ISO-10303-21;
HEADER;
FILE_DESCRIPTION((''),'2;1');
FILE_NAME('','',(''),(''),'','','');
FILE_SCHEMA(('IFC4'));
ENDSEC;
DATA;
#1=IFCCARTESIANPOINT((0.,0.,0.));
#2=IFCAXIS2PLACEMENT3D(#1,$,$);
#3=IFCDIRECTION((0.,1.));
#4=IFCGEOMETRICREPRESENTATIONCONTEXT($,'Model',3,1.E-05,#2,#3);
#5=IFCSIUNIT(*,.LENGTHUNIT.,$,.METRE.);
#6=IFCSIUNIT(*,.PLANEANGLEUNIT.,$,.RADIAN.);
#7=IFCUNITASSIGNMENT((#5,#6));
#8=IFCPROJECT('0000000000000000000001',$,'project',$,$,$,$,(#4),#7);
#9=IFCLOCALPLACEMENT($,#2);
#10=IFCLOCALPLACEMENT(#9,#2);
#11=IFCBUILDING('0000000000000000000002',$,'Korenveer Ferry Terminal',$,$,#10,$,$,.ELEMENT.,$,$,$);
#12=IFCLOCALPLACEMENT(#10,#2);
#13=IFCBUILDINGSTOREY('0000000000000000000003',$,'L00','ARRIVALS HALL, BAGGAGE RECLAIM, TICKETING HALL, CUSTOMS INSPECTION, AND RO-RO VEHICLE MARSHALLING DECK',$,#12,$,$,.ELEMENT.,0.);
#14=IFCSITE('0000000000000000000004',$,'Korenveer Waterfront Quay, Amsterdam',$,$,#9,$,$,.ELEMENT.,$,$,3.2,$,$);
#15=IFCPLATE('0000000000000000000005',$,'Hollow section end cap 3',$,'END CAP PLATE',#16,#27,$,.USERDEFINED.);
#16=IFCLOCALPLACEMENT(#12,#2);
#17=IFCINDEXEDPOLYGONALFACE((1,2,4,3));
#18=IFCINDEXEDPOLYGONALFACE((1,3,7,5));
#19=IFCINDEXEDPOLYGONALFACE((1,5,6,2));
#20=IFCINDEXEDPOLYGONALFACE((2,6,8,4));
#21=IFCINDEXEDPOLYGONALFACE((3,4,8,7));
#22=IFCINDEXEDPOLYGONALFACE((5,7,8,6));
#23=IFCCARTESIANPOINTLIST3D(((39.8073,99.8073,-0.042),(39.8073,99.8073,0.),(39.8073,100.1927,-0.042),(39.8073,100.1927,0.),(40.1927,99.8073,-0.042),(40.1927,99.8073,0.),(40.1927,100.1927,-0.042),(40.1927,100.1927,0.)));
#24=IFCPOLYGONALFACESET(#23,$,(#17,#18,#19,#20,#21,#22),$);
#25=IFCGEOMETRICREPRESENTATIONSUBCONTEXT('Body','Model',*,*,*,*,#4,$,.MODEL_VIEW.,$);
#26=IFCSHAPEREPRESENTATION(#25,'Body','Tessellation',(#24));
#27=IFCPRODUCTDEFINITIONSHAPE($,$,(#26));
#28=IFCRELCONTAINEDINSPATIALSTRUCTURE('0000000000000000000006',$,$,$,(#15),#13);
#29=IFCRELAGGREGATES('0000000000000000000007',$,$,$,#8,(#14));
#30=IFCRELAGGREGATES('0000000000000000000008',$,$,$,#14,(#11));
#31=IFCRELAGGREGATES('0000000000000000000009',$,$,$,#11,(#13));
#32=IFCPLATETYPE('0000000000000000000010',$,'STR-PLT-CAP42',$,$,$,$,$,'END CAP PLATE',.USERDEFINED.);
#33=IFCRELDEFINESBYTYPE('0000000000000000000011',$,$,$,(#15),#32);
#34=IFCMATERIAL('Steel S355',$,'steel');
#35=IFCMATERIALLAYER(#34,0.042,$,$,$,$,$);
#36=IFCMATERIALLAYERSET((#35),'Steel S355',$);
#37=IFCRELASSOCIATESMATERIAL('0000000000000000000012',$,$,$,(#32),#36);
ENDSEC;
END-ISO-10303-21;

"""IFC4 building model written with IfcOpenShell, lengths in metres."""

from ifc_helpers import new_model, si_unit, direction, frame, origin, origin_2d, place, context, subcontext, project, spatial, rectangle, extrude, material, layer, layer_set, type_object, element, save


model = new_model("IFC4")

# Units and contexts
model_context = context("Model", 3, precision=1e-05, world=origin(), true_north=direction((0.0, 1.0)))
body_context = subcontext(model_context, "Body", "Model", "MODEL_VIEW")
ifc_project = project(units=[si_unit("LENGTHUNIT", "METRE"), si_unit("PLANEANGLEUNIT", "RADIAN")], contexts=[model_context])

# Site, building, storey
site_placement = place(None, origin())
site = spatial("IfcSite", under=ifc_project, at=site_placement, Name="Korenveer Waterfront Quay, Amsterdam", CompositionType="ELEMENT", RefElevation=3.2)
building_placement = place(site_placement, origin())
building = spatial("IfcBuilding", under=site, at=building_placement, Name="Korenveer Ferry Terminal", CompositionType="ELEMENT")
storey_placement = place(building_placement, origin())
storey = spatial("IfcBuildingStorey", under=building, at=storey_placement, Name="L00", Description="ARRIVALS HALL, BAGGAGE RECLAIM, TICKETING HALL, CUSTOMS INSPECTION, AND RO-RO VEHICLE MARSHALLING DECK", CompositionType="ELEMENT", Elevation=0.0)

# Shared definitions
ifc_material_1 = material(Name="Steel S355", Category="steel")

# Plate
ifc_layer_1 = layer(ifc_material_1, 0.042)
ifc_layer_set_1 = layer_set([ifc_layer_1], Name="Steel S355")
plate_type_1 = type_object("IfcPlateType", Name="STR-PLT-CAP42", ElementType="END CAP PLATE", PredefinedType="USERDEFINED", material=ifc_layer_set_1)
plate_1_placement = place(storey_placement, frame((40.0, 100.0, -0.042), z_axis=(0.0, 0.0, 1.0), x_axis=(1.0, 0.0, 0.0)))
element("IfcPlate", 1, at=plate_1_placement, inside=storey, type_object=plate_type_1, Name="Hollow section end cap 3", ObjectType="END CAP PLATE", PredefinedType="USERDEFINED", context=body_context, shape_type="SweptSolid", body=[
    extrude(rectangle(XDim=0.3855, YDim=0.3855, at=origin_2d()), origin(), (0.0, 0.0, 1.0), 0.042),
])

save(model, "model.ifc")
